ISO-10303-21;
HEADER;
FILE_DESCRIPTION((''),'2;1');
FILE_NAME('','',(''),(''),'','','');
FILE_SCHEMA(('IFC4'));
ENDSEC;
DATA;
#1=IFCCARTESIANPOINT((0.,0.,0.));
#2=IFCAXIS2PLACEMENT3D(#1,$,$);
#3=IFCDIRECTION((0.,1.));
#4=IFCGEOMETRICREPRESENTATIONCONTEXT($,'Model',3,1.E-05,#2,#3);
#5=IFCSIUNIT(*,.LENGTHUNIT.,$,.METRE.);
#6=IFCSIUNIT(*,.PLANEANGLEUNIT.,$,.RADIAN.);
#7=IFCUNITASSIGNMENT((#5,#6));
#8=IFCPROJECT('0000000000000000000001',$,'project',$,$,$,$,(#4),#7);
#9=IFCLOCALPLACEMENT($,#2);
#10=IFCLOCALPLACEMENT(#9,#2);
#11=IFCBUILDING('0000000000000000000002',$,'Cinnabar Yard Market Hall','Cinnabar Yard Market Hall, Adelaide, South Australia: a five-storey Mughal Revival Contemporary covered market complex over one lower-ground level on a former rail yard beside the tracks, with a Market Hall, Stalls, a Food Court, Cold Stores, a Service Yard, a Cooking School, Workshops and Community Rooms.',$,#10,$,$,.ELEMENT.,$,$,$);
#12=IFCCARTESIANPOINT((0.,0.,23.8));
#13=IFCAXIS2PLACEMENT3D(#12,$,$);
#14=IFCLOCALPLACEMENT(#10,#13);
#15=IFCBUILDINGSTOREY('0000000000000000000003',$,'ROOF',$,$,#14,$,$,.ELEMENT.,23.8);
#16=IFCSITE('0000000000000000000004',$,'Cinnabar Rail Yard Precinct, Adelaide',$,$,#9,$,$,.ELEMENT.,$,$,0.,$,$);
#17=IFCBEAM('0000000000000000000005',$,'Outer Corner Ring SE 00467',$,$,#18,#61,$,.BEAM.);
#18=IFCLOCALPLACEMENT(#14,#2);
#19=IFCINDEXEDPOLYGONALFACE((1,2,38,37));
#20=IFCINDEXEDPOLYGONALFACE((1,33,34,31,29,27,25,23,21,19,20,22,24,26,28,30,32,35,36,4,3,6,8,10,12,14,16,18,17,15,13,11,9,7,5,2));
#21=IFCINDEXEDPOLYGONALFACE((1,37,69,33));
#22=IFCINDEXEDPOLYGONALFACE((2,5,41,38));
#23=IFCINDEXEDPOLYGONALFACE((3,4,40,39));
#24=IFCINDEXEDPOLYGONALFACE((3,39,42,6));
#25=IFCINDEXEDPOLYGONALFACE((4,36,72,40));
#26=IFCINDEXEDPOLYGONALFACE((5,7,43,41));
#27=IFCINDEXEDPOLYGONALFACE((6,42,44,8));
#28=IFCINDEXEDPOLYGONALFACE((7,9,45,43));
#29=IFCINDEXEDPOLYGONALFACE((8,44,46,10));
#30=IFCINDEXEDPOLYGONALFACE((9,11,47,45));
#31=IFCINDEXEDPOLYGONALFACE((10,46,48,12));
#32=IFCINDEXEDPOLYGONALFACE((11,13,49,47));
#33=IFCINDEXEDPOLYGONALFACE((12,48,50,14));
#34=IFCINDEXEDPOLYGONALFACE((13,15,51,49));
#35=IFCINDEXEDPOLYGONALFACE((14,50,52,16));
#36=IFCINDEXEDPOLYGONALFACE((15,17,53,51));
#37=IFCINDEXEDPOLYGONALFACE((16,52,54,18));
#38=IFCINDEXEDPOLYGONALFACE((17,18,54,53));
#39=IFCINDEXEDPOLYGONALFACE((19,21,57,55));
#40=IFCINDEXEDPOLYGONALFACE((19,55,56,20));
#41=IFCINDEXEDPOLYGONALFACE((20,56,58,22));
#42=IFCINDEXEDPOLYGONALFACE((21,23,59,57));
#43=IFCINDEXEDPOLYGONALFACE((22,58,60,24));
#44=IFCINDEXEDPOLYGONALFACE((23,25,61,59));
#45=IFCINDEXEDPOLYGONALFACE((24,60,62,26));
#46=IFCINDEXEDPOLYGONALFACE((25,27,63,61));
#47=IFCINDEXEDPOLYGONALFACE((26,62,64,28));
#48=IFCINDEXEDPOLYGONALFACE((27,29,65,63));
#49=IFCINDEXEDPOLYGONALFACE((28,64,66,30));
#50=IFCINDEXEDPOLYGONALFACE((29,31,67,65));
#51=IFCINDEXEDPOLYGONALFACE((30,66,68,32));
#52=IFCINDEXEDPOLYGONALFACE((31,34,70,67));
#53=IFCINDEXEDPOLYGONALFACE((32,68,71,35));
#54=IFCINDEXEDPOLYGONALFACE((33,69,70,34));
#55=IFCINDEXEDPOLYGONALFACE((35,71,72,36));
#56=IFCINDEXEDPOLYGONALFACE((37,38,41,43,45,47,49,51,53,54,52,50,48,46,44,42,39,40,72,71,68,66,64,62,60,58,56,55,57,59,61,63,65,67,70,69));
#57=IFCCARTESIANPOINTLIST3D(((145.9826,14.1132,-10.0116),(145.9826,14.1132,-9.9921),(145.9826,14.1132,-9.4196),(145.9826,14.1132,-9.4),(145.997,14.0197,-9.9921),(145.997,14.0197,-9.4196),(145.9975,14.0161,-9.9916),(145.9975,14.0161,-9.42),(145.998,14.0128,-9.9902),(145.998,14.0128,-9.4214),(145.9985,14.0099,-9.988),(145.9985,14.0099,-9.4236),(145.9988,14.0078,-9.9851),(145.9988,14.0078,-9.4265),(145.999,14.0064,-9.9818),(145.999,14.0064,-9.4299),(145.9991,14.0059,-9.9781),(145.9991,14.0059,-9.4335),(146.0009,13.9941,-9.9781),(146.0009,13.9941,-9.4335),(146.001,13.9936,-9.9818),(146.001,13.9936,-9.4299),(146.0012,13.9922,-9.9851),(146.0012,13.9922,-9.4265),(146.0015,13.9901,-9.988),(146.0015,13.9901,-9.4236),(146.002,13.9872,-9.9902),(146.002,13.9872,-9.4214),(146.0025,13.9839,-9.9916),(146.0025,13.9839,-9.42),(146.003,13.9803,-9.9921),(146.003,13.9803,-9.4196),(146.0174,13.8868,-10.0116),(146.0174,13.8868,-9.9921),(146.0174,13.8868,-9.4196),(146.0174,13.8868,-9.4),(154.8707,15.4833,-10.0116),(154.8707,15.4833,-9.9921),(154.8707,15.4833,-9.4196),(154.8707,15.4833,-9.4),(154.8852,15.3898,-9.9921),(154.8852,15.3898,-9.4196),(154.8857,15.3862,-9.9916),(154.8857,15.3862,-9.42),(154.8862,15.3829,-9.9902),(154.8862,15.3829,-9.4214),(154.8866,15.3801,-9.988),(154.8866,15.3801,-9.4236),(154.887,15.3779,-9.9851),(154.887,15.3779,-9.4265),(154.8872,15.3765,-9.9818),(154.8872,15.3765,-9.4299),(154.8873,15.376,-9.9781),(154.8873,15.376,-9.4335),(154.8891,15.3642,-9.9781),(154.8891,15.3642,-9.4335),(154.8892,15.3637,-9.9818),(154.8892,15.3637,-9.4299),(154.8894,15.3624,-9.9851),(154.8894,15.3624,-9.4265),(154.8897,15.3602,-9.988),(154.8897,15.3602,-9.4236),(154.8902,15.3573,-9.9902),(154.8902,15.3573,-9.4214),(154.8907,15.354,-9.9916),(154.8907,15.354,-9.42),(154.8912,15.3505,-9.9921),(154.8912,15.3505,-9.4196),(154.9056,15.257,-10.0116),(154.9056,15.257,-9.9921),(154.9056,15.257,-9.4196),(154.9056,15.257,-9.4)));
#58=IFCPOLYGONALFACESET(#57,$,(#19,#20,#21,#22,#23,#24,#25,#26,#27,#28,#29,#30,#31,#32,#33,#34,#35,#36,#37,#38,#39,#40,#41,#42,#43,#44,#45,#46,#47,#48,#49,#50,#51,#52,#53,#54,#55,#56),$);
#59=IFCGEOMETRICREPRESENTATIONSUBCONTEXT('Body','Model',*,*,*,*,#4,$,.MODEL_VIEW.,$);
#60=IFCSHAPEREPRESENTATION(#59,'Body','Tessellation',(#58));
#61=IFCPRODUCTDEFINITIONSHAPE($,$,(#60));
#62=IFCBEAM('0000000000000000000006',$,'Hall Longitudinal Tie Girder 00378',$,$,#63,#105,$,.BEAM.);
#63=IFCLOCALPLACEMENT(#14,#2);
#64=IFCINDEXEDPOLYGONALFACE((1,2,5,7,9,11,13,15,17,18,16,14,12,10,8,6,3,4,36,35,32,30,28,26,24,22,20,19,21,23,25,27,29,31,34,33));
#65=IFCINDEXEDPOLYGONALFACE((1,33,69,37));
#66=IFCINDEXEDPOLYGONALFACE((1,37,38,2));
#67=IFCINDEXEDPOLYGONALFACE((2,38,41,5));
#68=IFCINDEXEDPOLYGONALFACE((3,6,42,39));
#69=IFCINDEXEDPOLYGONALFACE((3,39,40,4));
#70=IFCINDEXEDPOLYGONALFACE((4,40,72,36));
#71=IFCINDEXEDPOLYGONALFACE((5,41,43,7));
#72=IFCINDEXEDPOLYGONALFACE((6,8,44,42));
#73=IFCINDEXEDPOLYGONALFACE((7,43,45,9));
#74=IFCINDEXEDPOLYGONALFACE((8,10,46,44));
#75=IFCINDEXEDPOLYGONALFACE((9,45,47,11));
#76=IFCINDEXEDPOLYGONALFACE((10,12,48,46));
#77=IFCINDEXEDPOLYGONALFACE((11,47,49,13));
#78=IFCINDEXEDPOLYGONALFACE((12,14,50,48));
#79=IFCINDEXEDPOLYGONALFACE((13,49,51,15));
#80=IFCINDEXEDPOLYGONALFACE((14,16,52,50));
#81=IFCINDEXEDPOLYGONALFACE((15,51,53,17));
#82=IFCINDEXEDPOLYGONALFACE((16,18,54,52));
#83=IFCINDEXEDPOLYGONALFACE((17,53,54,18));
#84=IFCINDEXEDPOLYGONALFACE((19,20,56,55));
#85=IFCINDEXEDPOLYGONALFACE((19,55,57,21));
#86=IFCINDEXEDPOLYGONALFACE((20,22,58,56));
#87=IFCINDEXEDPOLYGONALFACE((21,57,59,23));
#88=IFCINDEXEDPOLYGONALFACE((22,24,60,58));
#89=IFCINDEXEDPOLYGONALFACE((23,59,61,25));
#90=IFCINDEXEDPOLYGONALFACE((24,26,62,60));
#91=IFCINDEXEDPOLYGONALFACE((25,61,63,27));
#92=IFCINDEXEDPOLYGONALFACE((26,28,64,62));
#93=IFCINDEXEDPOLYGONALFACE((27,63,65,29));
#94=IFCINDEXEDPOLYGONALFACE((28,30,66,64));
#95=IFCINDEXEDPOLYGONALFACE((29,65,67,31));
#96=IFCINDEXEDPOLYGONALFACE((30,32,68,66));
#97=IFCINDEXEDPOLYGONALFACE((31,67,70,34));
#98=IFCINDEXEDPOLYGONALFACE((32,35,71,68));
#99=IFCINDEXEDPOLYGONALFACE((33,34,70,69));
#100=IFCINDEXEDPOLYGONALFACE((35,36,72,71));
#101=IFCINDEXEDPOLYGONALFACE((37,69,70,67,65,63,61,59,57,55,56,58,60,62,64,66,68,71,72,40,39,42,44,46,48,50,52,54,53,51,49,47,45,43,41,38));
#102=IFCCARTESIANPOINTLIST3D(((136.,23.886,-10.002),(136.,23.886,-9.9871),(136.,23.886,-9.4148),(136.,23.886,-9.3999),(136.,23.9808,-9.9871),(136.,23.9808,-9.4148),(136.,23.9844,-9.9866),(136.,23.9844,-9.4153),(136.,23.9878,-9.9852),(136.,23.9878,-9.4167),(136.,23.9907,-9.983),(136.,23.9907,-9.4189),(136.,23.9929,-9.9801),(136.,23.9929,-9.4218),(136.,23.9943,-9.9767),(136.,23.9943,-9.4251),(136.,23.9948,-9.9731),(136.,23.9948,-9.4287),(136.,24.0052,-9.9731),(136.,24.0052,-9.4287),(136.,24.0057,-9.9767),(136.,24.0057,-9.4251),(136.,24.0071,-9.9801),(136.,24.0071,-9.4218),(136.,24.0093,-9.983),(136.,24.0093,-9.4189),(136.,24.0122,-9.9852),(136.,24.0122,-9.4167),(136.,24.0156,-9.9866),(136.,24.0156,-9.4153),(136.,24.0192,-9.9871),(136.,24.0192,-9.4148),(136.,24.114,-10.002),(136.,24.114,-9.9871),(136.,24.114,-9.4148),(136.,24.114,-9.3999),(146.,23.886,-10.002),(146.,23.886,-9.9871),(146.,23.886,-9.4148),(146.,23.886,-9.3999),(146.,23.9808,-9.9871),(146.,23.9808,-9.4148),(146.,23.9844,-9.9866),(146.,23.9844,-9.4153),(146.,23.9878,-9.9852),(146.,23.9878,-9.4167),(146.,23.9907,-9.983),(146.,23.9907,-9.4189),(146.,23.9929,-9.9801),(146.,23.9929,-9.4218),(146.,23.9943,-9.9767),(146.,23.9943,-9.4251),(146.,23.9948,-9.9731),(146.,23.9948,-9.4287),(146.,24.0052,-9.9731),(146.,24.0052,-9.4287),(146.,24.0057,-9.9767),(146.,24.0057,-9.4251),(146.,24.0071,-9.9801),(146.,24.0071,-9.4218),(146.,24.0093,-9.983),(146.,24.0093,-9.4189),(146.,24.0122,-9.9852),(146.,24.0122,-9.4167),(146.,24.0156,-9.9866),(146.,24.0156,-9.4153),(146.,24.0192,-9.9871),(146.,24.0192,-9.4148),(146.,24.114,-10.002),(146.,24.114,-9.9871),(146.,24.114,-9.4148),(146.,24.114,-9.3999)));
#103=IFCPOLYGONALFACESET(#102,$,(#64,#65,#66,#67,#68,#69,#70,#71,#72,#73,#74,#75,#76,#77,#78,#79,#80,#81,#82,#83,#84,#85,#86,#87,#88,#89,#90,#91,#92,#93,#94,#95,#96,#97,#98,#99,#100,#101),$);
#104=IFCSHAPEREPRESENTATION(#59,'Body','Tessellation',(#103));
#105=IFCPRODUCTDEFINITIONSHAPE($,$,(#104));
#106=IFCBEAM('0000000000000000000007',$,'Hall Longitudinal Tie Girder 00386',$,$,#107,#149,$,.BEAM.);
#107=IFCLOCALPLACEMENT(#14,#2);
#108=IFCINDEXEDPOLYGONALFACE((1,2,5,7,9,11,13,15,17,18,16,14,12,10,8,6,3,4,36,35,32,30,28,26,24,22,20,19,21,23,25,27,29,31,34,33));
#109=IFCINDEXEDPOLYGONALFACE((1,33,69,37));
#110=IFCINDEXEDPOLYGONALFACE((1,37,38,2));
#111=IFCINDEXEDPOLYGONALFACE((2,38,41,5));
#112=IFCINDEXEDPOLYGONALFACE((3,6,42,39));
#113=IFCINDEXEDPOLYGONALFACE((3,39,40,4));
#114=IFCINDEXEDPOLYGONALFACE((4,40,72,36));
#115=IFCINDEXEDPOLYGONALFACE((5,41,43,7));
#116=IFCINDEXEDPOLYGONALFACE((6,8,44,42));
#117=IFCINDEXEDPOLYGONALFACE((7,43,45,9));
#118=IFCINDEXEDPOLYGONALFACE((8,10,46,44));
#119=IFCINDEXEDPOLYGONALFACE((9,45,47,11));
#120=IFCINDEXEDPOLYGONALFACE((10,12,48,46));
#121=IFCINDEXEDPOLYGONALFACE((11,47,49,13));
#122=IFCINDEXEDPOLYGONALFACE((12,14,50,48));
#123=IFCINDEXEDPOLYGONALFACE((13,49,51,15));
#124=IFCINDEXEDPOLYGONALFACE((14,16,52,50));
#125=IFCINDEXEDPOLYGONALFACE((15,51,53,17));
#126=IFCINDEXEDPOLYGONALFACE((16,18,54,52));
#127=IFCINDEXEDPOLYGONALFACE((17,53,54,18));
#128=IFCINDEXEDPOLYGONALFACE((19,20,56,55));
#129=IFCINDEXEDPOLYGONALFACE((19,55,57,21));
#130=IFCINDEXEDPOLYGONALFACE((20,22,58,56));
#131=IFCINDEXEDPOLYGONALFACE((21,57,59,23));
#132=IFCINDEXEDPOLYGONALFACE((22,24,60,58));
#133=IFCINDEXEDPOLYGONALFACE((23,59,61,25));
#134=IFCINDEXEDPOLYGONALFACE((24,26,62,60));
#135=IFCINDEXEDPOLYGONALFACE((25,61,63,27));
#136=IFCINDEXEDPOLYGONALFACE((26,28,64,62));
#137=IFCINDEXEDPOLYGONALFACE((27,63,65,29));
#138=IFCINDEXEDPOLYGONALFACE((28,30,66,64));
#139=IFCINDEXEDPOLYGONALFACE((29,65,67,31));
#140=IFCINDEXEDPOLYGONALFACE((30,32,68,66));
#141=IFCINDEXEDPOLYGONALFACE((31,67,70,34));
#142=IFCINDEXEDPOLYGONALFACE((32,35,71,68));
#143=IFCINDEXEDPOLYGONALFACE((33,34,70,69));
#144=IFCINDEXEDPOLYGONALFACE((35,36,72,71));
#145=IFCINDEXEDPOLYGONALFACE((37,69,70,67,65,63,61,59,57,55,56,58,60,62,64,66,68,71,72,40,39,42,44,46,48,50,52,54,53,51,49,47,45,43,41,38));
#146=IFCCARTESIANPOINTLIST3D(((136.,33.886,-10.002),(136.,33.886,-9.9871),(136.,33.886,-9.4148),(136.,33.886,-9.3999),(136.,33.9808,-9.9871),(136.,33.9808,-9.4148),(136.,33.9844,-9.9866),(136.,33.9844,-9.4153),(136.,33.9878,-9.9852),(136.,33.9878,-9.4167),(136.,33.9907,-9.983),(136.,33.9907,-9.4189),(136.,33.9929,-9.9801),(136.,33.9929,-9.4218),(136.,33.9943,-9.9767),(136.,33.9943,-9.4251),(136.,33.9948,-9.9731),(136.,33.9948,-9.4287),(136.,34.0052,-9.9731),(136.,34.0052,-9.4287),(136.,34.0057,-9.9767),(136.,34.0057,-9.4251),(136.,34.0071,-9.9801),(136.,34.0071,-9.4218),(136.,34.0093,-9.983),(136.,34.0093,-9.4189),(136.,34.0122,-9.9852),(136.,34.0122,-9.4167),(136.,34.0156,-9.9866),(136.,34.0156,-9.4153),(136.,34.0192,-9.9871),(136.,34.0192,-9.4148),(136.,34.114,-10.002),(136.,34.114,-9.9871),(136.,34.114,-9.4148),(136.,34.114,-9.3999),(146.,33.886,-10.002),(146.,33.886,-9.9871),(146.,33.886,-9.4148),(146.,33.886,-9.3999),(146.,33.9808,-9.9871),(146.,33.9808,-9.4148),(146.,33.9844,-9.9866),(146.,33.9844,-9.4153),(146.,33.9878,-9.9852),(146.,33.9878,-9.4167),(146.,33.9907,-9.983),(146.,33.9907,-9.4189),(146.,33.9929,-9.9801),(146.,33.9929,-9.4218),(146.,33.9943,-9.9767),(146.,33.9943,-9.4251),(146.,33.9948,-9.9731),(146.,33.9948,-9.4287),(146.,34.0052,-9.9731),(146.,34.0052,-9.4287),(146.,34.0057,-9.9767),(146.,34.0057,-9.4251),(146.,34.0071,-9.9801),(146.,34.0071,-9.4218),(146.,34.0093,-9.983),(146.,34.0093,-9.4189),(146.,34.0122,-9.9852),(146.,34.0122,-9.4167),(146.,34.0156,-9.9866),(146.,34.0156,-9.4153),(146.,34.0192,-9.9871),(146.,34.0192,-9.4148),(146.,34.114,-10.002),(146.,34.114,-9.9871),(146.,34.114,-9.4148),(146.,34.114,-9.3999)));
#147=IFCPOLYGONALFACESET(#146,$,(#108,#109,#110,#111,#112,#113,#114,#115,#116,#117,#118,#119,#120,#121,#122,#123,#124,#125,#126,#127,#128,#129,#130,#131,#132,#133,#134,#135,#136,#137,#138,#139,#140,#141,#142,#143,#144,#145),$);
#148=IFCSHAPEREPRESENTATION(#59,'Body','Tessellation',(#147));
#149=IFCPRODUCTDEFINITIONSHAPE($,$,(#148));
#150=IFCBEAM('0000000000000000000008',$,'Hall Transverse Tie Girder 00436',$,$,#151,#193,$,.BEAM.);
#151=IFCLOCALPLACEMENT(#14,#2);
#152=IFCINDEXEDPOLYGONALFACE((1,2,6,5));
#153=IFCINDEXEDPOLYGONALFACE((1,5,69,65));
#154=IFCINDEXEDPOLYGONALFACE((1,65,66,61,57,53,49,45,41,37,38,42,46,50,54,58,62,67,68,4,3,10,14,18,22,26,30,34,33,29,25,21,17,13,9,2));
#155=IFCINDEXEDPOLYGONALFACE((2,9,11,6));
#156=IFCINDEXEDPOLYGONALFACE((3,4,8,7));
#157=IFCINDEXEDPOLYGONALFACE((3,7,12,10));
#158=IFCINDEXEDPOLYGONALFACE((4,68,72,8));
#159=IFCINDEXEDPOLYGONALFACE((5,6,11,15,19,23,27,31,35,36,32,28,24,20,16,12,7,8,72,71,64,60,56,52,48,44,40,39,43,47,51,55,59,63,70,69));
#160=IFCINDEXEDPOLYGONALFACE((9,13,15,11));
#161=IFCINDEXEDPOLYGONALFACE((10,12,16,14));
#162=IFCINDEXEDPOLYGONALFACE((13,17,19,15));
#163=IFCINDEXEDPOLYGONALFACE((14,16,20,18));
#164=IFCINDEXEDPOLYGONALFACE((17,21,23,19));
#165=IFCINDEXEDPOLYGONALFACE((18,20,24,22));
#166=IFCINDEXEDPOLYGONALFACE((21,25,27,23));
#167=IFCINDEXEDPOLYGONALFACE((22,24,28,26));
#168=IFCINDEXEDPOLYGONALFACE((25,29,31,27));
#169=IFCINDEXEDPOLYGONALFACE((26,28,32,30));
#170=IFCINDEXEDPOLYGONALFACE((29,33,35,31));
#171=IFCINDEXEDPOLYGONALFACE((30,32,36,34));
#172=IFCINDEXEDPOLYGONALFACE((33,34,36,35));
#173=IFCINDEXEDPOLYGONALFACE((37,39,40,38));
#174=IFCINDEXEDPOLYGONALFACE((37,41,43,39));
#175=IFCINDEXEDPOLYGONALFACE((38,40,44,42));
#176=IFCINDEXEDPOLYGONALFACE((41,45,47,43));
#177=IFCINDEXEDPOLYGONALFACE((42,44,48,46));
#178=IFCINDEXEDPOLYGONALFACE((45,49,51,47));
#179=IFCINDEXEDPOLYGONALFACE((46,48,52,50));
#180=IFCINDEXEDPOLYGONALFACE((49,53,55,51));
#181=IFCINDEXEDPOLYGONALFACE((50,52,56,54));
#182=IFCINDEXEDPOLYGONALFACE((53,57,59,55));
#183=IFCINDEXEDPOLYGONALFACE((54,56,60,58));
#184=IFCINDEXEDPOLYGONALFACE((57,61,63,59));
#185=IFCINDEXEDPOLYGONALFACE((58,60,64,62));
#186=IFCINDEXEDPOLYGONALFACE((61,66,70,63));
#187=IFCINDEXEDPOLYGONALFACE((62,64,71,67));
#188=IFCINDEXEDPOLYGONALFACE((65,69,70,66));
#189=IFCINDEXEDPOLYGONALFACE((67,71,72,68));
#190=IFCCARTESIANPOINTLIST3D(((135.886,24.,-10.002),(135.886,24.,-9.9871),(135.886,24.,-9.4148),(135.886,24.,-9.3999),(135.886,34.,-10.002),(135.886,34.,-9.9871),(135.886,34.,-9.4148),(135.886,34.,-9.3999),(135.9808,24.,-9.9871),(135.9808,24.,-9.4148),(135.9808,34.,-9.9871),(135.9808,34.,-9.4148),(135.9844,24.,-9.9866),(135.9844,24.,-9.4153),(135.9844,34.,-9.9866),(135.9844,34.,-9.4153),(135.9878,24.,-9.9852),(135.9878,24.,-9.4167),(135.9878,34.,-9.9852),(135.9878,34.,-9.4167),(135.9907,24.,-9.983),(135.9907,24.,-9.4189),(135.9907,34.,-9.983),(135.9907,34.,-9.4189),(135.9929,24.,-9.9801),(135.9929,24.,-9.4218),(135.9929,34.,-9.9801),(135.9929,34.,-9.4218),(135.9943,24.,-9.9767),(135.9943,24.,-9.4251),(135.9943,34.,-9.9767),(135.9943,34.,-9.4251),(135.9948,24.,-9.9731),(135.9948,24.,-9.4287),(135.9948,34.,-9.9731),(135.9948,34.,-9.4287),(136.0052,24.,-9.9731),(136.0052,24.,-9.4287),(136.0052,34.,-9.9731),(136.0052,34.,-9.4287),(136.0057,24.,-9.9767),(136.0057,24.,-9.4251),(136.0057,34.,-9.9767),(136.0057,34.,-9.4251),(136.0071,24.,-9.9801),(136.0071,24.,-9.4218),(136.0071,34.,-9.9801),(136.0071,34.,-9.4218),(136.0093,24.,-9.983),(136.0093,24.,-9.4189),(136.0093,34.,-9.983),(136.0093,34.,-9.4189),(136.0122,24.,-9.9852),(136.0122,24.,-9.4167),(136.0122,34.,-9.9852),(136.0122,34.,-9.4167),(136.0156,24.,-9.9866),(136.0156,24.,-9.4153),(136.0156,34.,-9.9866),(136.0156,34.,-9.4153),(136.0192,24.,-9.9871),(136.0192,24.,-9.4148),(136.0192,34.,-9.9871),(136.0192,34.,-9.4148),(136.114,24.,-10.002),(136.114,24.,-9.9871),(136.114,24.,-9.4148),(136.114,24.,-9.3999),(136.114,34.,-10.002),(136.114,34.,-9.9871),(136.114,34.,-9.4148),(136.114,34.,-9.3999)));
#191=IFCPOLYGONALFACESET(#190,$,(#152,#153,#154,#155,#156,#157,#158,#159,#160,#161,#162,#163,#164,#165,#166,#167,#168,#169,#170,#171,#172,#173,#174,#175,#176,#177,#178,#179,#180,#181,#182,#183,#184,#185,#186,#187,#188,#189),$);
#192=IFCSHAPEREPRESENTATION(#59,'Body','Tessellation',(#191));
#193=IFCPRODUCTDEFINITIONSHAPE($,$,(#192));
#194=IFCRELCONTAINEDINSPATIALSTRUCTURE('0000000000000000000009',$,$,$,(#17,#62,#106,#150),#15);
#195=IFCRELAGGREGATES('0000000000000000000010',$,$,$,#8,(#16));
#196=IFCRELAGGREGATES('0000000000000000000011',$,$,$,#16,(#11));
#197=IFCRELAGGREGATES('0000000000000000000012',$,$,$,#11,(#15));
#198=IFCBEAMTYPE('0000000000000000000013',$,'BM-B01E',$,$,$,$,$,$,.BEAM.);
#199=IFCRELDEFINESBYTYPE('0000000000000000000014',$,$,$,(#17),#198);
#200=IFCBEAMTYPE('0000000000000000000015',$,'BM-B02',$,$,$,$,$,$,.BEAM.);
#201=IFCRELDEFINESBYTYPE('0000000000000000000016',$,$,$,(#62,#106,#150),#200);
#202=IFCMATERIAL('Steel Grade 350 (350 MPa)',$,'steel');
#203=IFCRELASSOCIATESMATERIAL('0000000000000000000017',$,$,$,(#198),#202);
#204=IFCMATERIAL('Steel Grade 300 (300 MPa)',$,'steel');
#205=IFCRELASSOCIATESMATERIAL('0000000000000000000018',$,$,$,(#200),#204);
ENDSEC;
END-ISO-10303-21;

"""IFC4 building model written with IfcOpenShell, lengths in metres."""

from ifc_helpers import new_model, si_unit, direction, frame, origin, origin_2d_with_axis, place, context, subcontext, project, spatial, i_section, extrude, material, material_profile, profile_set, type_object, element, save


model = new_model("IFC4")

# Units and contexts
model_context = context("Model", 3, precision=1e-05, world=origin(), true_north=direction((0.0, 1.0)))
body_context = subcontext(model_context, "Body", "Model", "MODEL_VIEW")
ifc_project = project(units=[si_unit("LENGTHUNIT", "METRE"), si_unit("PLANEANGLEUNIT", "RADIAN")], contexts=[model_context])

# Site, building, storey
site_placement = place(None, origin())
site = spatial("IfcSite", under=ifc_project, at=site_placement, Name="Cinnabar Rail Yard Precinct, Adelaide", CompositionType="ELEMENT", RefElevation=0.0)
building_placement = place(site_placement, origin())
building = spatial("IfcBuilding", under=site, at=building_placement, Name="Cinnabar Yard Market Hall", Description="Cinnabar Yard Market Hall, Adelaide, South Australia: a five-storey Mughal Revival Contemporary covered market complex over one lower-ground level on a former rail yard beside the tracks, with a Market Hall, Stalls, a Food Court, Cold Stores, a Service Yard, a Cooking School, Workshops and Community Rooms.", CompositionType="ELEMENT")
storey_placement = place(building_placement, frame((0.0, 0.0, 23.8)))
storey = spatial("IfcBuildingStorey", under=building, at=storey_placement, Name="ROOF", CompositionType="ELEMENT", Elevation=23.8)

# Beams
ifc_material_1 = material(Name="Steel Grade 350 (350 MPa)", Category="steel")
ifc_material_profile_1 = material_profile(ifc_material_1, i_section(OverallWidth=0.229, OverallDepth=0.6116, WebThickness=0.012, FlangeThickness=0.0195, FilletRadius=0.0139, at=origin_2d_with_axis()), Name="610UB125")
ifc_profile_set_1 = profile_set([ifc_material_profile_1], Name="Steel Grade 350 (350 MPa)")
beam_type_1 = type_object("IfcBeamType", Name="BM-B01E", PredefinedType="BEAM", material=ifc_profile_set_1)
beam_1_placement = place(storey_placement, frame((146.0, 14.0, -9.7058), z_axis=(0.988326, 0.152351, 0.0), x_axis=(-0.152351, 0.988326, 0.0)))
element("IfcBeam", 1, at=beam_1_placement, inside=storey, type_object=beam_type_1, Name="Outer Corner Ring SE 00467", PredefinedType="BEAM", context=body_context, shape_type="SweptSolid", body=[
    extrude(i_section(OverallWidth=0.229, OverallDepth=0.6116, WebThickness=0.012, FlangeThickness=0.0195, FilletRadius=0.0139, at=origin_2d_with_axis()), origin(), (0.0, 0.0, 1.0), 8.9932),
])
ifc_material_2 = material(Name="Steel Grade 300 (300 MPa)", Category="steel")
ifc_material_profile_2 = material_profile(ifc_material_2, i_section(OverallWidth=0.228, OverallDepth=0.6021, WebThickness=0.0105, FlangeThickness=0.0149, FilletRadius=0.0139, at=origin_2d_with_axis()), Name="610UB101")
ifc_profile_set_2 = profile_set([ifc_material_profile_2], Name="Steel Grade 300 (300 MPa)")
beam_type_2 = type_object("IfcBeamType", Name="BM-B02", PredefinedType="BEAM", material=ifc_profile_set_2)
for number, where, z_axis, x_axis, name in (
    (2, (136.0, 24.0, -9.7009), (1.0, 0.0, 0.0), (0.0, 1.0, 0.0), "Hall Longitudinal Tie Girder 00378"),
    (3, (136.0, 34.0, -9.7009), (1.0, 0.0, 0.0), (0.0, 1.0, 0.0), "Hall Longitudinal Tie Girder 00386"),
    (4, (136.0, 24.0, -9.7009), (0.0, 1.0, 0.0), (-1.0, 0.0, 0.0), "Hall Transverse Tie Girder 00436"),
):
    element("IfcBeam", number, at=place(storey_placement, frame(where, z_axis=z_axis, x_axis=x_axis)), inside=storey, type_object=beam_type_2, Name=name, PredefinedType="BEAM", context=body_context, shape_type="SweptSolid", body=[
        extrude(i_section(OverallWidth=0.228, OverallDepth=0.6021, WebThickness=0.0105, FlangeThickness=0.0149, FilletRadius=0.0139, at=origin_2d_with_axis()), origin(), (0.0, 0.0, 1.0), 10.0),
    ])

save(model, "model.ifc")
